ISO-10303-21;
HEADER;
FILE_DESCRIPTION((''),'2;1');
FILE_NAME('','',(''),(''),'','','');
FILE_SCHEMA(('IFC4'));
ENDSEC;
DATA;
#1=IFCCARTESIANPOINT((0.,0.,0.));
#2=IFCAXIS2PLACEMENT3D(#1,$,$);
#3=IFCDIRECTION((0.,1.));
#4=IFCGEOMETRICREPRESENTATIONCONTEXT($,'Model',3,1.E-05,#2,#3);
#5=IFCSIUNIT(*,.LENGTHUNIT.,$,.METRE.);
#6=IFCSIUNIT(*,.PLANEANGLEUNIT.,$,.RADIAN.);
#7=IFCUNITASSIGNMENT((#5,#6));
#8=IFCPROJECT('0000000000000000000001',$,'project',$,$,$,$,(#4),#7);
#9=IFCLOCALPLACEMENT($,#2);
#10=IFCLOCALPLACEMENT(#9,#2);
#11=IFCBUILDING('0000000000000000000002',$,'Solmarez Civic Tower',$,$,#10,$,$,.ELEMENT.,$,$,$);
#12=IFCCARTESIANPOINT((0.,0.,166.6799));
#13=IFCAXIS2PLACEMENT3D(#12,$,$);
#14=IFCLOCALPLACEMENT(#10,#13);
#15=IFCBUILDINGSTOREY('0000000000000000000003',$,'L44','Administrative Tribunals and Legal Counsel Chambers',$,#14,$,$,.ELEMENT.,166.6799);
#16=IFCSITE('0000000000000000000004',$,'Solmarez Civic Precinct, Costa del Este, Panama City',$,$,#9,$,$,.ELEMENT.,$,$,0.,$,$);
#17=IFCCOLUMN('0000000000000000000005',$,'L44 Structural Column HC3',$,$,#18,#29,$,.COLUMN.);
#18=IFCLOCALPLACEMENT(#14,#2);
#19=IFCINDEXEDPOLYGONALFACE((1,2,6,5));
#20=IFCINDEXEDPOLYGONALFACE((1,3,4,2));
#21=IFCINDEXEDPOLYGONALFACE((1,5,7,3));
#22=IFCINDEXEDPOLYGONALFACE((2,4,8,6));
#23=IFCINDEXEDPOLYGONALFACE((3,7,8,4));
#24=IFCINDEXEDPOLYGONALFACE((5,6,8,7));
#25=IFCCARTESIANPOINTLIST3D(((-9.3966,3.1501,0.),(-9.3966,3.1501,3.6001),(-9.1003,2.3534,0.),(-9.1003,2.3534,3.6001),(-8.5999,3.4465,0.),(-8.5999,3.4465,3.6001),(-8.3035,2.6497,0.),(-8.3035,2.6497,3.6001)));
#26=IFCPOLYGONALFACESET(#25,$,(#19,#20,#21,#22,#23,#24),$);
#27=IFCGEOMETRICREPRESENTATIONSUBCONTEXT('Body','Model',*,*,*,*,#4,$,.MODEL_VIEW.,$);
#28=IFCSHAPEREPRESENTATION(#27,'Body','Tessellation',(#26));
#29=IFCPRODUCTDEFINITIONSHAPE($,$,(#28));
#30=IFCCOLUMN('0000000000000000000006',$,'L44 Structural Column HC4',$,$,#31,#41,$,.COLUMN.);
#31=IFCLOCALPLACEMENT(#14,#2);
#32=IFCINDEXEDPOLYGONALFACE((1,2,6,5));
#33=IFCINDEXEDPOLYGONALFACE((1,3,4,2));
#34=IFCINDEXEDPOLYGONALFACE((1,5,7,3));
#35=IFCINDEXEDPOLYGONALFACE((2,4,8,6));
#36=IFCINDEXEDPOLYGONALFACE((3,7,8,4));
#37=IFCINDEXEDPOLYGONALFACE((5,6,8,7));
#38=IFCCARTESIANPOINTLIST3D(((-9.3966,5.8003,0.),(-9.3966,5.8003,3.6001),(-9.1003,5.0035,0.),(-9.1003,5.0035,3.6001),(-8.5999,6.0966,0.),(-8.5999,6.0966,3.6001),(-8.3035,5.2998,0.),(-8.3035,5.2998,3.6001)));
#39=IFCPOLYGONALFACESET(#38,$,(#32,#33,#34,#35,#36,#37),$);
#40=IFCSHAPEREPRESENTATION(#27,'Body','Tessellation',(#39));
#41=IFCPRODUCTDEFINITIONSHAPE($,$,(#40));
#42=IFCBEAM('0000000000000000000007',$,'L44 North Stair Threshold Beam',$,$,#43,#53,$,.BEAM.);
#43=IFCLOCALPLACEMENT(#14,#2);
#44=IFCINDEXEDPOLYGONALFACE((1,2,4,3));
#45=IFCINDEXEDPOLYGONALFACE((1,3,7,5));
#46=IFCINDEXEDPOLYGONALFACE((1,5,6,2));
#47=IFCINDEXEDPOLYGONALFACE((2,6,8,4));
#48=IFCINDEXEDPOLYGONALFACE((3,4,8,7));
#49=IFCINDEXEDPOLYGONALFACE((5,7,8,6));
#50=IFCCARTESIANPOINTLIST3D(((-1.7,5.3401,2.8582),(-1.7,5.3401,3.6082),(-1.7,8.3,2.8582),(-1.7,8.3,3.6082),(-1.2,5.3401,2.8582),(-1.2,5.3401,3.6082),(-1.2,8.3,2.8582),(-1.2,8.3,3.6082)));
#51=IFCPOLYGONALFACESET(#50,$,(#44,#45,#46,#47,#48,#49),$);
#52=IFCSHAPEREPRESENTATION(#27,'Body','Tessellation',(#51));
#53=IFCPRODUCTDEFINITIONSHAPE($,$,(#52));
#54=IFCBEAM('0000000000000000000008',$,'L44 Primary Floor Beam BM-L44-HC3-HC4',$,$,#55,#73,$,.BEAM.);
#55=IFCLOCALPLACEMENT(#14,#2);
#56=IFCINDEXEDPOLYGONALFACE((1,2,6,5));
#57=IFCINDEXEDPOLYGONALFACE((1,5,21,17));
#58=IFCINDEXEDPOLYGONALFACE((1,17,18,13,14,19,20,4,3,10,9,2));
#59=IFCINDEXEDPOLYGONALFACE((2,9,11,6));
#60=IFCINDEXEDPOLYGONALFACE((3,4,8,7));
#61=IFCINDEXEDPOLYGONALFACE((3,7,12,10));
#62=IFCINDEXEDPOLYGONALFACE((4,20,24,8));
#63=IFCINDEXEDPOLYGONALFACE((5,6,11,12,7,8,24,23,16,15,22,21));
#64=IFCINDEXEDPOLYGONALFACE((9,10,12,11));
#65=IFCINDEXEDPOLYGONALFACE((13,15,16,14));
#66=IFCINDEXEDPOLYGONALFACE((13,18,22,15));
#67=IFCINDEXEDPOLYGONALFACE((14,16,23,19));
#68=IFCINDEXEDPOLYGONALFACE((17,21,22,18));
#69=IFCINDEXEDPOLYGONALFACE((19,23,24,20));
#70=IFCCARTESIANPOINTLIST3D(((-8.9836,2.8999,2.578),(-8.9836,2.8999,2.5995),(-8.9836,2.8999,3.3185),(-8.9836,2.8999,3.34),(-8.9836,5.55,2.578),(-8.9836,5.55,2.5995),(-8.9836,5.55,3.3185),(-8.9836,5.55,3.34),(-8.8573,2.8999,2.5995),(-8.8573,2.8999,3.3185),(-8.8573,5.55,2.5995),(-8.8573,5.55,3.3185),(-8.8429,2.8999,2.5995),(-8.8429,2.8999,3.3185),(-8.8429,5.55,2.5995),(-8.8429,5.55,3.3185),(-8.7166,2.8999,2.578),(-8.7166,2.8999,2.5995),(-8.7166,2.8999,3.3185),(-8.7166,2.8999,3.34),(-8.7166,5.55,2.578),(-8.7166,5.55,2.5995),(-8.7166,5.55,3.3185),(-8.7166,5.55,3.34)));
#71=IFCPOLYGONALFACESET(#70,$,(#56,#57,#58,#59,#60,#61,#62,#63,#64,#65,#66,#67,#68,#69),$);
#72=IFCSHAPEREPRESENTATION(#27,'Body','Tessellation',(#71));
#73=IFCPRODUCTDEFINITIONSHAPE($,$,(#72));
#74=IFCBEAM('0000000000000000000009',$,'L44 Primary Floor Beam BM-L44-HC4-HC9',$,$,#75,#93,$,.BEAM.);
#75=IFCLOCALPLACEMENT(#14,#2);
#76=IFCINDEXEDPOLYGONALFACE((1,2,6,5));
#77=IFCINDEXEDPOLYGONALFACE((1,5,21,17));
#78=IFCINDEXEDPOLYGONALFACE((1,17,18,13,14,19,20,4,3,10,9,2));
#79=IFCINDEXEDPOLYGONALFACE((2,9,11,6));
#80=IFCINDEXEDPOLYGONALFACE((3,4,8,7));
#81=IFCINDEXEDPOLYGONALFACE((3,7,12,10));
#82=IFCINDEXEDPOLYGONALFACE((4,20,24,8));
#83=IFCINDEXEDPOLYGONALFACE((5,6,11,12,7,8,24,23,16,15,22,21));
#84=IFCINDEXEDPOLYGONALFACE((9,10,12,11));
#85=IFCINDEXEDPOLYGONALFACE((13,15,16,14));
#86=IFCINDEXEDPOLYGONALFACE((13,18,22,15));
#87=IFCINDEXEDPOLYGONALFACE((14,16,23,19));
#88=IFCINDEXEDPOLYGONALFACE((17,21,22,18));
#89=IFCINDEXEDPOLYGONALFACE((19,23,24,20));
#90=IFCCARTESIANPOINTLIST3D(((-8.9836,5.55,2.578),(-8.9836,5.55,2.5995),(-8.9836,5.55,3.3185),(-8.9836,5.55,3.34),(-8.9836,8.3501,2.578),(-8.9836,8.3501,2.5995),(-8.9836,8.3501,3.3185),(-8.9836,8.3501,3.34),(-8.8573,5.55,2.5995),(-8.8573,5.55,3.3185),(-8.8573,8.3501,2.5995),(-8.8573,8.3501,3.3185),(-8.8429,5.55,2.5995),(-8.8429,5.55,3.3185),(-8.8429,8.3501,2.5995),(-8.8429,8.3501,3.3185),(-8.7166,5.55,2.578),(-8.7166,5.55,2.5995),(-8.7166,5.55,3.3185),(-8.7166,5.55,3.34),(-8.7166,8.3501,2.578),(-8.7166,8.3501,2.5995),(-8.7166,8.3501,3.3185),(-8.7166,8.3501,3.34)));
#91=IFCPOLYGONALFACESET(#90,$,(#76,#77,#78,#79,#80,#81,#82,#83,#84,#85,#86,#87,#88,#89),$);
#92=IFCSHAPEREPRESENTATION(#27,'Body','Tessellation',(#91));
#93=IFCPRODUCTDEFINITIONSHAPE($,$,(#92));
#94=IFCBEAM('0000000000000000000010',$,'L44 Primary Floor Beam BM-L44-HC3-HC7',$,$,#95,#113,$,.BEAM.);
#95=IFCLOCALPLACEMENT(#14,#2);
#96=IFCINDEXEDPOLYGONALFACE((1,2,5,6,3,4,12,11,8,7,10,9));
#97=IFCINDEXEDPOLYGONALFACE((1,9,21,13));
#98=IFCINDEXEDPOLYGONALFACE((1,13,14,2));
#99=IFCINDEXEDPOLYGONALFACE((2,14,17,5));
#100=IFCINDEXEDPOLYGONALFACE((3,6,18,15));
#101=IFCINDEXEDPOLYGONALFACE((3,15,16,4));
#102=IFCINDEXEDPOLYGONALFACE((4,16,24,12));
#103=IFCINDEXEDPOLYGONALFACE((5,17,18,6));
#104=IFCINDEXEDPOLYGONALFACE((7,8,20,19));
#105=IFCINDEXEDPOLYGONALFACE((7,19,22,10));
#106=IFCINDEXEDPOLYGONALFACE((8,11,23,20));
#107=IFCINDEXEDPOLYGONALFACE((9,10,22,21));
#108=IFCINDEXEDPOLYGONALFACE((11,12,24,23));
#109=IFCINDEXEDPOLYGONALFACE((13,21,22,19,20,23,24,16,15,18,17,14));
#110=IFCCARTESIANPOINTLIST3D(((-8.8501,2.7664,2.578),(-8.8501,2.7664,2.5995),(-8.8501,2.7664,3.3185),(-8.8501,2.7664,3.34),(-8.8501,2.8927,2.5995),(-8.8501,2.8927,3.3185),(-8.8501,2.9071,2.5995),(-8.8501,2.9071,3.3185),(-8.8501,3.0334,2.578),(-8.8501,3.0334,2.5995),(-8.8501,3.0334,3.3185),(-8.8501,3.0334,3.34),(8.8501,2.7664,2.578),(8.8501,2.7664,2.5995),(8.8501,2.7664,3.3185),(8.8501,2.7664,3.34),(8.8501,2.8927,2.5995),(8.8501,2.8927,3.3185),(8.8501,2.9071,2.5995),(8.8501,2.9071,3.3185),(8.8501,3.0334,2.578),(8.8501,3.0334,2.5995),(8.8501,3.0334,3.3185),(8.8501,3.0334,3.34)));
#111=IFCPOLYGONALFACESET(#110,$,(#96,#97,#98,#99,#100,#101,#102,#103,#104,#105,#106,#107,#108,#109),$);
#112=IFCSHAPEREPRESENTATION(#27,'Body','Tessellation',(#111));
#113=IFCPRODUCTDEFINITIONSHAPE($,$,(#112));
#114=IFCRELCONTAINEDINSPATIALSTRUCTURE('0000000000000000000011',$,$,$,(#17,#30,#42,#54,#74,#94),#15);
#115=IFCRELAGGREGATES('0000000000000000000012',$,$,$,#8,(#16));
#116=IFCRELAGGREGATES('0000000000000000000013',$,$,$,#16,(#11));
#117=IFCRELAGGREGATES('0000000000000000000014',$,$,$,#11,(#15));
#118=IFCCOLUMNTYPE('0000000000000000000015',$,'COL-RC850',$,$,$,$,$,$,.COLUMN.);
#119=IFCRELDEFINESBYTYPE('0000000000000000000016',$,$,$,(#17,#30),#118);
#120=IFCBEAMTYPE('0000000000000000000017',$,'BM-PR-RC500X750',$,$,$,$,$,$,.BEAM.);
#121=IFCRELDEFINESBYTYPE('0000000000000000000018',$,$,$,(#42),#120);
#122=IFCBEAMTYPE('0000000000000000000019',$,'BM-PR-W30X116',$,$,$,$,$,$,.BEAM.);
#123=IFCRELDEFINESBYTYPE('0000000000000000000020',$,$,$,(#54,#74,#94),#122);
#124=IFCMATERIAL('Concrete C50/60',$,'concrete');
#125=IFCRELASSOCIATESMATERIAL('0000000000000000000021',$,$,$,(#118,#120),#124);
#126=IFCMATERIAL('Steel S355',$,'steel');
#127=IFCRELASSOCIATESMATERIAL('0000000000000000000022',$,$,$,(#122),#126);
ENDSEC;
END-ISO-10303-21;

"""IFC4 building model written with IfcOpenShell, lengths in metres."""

from ifc_helpers import new_model, si_unit, direction, frame, origin, origin_2d, place, context, subcontext, project, spatial, rectangle, i_section, extrude, material, material_profile, profile_set, type_object, element, save


model = new_model("IFC4")

# Units and contexts
model_context = context("Model", 3, precision=1e-05, world=origin(), true_north=direction((0.0, 1.0)))
body_context = subcontext(model_context, "Body", "Model", "MODEL_VIEW")
ifc_project = project(units=[si_unit("LENGTHUNIT", "METRE"), si_unit("PLANEANGLEUNIT", "RADIAN")], contexts=[model_context])

# Site, building, storey
site_placement = place(None, origin())
site = spatial("IfcSite", under=ifc_project, at=site_placement, Name="Solmarez Civic Precinct, Costa del Este, Panama City", CompositionType="ELEMENT", RefElevation=0.0)
building_placement = place(site_placement, origin())
building = spatial("IfcBuilding", under=site, at=building_placement, Name="Solmarez Civic Tower", CompositionType="ELEMENT")
storey_placement = place(building_placement, frame((0.0, 0.0, 166.6799)))
storey = spatial("IfcBuildingStorey", under=building, at=storey_placement, Name="L44", Description="Administrative Tribunals and Legal Counsel Chambers", CompositionType="ELEMENT", Elevation=166.6799)

# Columns
ifc_material_1 = material(Name="Concrete C50/60", Category="concrete")
ifc_material_profile_1 = material_profile(ifc_material_1, rectangle(XDim=0.8501, YDim=0.8501, at=origin_2d()), Name="RC850X850")
ifc_profile_set_1 = profile_set([ifc_material_profile_1], Name="Concrete C50/60")
column_type = type_object("IfcColumnType", Name="COL-RC850", PredefinedType="COLUMN", material=ifc_profile_set_1)
for number, where, z_axis, x_axis, name in (
    (1, (-8.8501, 2.8999, 0.0), (0.0, 0.0, 1.0), (0.937282, 0.348572, 0.0), "L44 Structural Column HC3"),
    (2, (-8.8501, 5.55, 0.0), (0.0, 0.0, 1.0), (0.937282, 0.348572, 0.0), "L44 Structural Column HC4"),
):
    element("IfcColumn", number, at=place(storey_placement, frame(where, z_axis=z_axis, x_axis=x_axis)), inside=storey, type_object=column_type, Name=name, PredefinedType="COLUMN", context=body_context, shape_type="SweptSolid", body=[
        extrude(rectangle(XDim=0.8501, YDim=0.8501, at=origin_2d()), origin(), (0.0, 0.0, 1.0), 3.6001),
    ])

# Beams
ifc_material_profile_2 = material_profile(ifc_material_1, rectangle(XDim=0.5, YDim=0.75, at=origin_2d()), Name="RC500X750")
ifc_profile_set_2 = profile_set([ifc_material_profile_2], Name="Concrete C50/60")
beam_type_1 = type_object("IfcBeamType", Name="BM-PR-RC500X750", PredefinedType="BEAM", material=ifc_profile_set_2)
beam_1_placement = place(storey_placement, frame((-1.45, 5.3401, 3.2332), z_axis=(0.0, 1.0, 0.0), x_axis=(-1.0, 0.0, 0.0)))
element("IfcBeam", 3, at=beam_1_placement, inside=storey, type_object=beam_type_1, Name="L44 North Stair Threshold Beam", PredefinedType="BEAM", context=body_context, shape_type="SweptSolid", body=[
    extrude(rectangle(XDim=0.5, YDim=0.75, at=origin_2d()), origin(), (0.0, 0.0, 1.0), 2.96),
])
ifc_material_2 = material(Name="Steel S355", Category="steel")
ifc_material_profile_3 = material_profile(ifc_material_2, i_section(OverallWidth=0.2671, OverallDepth=0.762, WebThickness=0.0144, FlangeThickness=0.0215, at=origin_2d()), Name="W30X116")
ifc_profile_set_3 = profile_set([ifc_material_profile_3], Name="Steel S355")
beam_type_2 = type_object("IfcBeamType", Name="BM-PR-W30X116", PredefinedType="BEAM", material=ifc_profile_set_3)
beam_2_placement = place(storey_placement, frame((-8.8501, 2.8999, 2.959), z_axis=(0.0, 1.0, 0.0), x_axis=(-1.0, 0.0, 0.0)))
element("IfcBeam", 4, at=beam_2_placement, inside=storey, type_object=beam_type_2, Name="L44 Primary Floor Beam BM-L44-HC3-HC4", PredefinedType="BEAM", context=body_context, shape_type="SweptSolid", body=[
    extrude(i_section(OverallWidth=0.2671, OverallDepth=0.762, WebThickness=0.0144, FlangeThickness=0.0215, at=origin_2d()), origin(), (0.0, 0.0, 1.0), 2.6501),
])
beam_3_placement = place(storey_placement, frame((-8.8501, 5.55, 2.959), z_axis=(0.0, 1.0, 0.0), x_axis=(-1.0, 0.0, 0.0)))
element("IfcBeam", 5, at=beam_3_placement, inside=storey, type_object=beam_type_2, Name="L44 Primary Floor Beam BM-L44-HC4-HC9", PredefinedType="BEAM", context=body_context, shape_type="SweptSolid", body=[
    extrude(i_section(OverallWidth=0.2671, OverallDepth=0.762, WebThickness=0.0144, FlangeThickness=0.0215, at=origin_2d()), origin(), (0.0, 0.0, 1.0), 2.8),
])
beam_4_placement = place(storey_placement, frame((-8.8501, 2.8999, 2.959), z_axis=(1.0, 0.0, 0.0), x_axis=(0.0, 1.0, 0.0)))
element("IfcBeam", 6, at=beam_4_placement, inside=storey, type_object=beam_type_2, Name="L44 Primary Floor Beam BM-L44-HC3-HC7", PredefinedType="BEAM", context=body_context, shape_type="SweptSolid", body=[
    extrude(i_section(OverallWidth=0.2671, OverallDepth=0.762, WebThickness=0.0144, FlangeThickness=0.0215, at=origin_2d()), origin(), (0.0, 0.0, 1.0), 17.7002),
])

save(model, "model.ifc")
